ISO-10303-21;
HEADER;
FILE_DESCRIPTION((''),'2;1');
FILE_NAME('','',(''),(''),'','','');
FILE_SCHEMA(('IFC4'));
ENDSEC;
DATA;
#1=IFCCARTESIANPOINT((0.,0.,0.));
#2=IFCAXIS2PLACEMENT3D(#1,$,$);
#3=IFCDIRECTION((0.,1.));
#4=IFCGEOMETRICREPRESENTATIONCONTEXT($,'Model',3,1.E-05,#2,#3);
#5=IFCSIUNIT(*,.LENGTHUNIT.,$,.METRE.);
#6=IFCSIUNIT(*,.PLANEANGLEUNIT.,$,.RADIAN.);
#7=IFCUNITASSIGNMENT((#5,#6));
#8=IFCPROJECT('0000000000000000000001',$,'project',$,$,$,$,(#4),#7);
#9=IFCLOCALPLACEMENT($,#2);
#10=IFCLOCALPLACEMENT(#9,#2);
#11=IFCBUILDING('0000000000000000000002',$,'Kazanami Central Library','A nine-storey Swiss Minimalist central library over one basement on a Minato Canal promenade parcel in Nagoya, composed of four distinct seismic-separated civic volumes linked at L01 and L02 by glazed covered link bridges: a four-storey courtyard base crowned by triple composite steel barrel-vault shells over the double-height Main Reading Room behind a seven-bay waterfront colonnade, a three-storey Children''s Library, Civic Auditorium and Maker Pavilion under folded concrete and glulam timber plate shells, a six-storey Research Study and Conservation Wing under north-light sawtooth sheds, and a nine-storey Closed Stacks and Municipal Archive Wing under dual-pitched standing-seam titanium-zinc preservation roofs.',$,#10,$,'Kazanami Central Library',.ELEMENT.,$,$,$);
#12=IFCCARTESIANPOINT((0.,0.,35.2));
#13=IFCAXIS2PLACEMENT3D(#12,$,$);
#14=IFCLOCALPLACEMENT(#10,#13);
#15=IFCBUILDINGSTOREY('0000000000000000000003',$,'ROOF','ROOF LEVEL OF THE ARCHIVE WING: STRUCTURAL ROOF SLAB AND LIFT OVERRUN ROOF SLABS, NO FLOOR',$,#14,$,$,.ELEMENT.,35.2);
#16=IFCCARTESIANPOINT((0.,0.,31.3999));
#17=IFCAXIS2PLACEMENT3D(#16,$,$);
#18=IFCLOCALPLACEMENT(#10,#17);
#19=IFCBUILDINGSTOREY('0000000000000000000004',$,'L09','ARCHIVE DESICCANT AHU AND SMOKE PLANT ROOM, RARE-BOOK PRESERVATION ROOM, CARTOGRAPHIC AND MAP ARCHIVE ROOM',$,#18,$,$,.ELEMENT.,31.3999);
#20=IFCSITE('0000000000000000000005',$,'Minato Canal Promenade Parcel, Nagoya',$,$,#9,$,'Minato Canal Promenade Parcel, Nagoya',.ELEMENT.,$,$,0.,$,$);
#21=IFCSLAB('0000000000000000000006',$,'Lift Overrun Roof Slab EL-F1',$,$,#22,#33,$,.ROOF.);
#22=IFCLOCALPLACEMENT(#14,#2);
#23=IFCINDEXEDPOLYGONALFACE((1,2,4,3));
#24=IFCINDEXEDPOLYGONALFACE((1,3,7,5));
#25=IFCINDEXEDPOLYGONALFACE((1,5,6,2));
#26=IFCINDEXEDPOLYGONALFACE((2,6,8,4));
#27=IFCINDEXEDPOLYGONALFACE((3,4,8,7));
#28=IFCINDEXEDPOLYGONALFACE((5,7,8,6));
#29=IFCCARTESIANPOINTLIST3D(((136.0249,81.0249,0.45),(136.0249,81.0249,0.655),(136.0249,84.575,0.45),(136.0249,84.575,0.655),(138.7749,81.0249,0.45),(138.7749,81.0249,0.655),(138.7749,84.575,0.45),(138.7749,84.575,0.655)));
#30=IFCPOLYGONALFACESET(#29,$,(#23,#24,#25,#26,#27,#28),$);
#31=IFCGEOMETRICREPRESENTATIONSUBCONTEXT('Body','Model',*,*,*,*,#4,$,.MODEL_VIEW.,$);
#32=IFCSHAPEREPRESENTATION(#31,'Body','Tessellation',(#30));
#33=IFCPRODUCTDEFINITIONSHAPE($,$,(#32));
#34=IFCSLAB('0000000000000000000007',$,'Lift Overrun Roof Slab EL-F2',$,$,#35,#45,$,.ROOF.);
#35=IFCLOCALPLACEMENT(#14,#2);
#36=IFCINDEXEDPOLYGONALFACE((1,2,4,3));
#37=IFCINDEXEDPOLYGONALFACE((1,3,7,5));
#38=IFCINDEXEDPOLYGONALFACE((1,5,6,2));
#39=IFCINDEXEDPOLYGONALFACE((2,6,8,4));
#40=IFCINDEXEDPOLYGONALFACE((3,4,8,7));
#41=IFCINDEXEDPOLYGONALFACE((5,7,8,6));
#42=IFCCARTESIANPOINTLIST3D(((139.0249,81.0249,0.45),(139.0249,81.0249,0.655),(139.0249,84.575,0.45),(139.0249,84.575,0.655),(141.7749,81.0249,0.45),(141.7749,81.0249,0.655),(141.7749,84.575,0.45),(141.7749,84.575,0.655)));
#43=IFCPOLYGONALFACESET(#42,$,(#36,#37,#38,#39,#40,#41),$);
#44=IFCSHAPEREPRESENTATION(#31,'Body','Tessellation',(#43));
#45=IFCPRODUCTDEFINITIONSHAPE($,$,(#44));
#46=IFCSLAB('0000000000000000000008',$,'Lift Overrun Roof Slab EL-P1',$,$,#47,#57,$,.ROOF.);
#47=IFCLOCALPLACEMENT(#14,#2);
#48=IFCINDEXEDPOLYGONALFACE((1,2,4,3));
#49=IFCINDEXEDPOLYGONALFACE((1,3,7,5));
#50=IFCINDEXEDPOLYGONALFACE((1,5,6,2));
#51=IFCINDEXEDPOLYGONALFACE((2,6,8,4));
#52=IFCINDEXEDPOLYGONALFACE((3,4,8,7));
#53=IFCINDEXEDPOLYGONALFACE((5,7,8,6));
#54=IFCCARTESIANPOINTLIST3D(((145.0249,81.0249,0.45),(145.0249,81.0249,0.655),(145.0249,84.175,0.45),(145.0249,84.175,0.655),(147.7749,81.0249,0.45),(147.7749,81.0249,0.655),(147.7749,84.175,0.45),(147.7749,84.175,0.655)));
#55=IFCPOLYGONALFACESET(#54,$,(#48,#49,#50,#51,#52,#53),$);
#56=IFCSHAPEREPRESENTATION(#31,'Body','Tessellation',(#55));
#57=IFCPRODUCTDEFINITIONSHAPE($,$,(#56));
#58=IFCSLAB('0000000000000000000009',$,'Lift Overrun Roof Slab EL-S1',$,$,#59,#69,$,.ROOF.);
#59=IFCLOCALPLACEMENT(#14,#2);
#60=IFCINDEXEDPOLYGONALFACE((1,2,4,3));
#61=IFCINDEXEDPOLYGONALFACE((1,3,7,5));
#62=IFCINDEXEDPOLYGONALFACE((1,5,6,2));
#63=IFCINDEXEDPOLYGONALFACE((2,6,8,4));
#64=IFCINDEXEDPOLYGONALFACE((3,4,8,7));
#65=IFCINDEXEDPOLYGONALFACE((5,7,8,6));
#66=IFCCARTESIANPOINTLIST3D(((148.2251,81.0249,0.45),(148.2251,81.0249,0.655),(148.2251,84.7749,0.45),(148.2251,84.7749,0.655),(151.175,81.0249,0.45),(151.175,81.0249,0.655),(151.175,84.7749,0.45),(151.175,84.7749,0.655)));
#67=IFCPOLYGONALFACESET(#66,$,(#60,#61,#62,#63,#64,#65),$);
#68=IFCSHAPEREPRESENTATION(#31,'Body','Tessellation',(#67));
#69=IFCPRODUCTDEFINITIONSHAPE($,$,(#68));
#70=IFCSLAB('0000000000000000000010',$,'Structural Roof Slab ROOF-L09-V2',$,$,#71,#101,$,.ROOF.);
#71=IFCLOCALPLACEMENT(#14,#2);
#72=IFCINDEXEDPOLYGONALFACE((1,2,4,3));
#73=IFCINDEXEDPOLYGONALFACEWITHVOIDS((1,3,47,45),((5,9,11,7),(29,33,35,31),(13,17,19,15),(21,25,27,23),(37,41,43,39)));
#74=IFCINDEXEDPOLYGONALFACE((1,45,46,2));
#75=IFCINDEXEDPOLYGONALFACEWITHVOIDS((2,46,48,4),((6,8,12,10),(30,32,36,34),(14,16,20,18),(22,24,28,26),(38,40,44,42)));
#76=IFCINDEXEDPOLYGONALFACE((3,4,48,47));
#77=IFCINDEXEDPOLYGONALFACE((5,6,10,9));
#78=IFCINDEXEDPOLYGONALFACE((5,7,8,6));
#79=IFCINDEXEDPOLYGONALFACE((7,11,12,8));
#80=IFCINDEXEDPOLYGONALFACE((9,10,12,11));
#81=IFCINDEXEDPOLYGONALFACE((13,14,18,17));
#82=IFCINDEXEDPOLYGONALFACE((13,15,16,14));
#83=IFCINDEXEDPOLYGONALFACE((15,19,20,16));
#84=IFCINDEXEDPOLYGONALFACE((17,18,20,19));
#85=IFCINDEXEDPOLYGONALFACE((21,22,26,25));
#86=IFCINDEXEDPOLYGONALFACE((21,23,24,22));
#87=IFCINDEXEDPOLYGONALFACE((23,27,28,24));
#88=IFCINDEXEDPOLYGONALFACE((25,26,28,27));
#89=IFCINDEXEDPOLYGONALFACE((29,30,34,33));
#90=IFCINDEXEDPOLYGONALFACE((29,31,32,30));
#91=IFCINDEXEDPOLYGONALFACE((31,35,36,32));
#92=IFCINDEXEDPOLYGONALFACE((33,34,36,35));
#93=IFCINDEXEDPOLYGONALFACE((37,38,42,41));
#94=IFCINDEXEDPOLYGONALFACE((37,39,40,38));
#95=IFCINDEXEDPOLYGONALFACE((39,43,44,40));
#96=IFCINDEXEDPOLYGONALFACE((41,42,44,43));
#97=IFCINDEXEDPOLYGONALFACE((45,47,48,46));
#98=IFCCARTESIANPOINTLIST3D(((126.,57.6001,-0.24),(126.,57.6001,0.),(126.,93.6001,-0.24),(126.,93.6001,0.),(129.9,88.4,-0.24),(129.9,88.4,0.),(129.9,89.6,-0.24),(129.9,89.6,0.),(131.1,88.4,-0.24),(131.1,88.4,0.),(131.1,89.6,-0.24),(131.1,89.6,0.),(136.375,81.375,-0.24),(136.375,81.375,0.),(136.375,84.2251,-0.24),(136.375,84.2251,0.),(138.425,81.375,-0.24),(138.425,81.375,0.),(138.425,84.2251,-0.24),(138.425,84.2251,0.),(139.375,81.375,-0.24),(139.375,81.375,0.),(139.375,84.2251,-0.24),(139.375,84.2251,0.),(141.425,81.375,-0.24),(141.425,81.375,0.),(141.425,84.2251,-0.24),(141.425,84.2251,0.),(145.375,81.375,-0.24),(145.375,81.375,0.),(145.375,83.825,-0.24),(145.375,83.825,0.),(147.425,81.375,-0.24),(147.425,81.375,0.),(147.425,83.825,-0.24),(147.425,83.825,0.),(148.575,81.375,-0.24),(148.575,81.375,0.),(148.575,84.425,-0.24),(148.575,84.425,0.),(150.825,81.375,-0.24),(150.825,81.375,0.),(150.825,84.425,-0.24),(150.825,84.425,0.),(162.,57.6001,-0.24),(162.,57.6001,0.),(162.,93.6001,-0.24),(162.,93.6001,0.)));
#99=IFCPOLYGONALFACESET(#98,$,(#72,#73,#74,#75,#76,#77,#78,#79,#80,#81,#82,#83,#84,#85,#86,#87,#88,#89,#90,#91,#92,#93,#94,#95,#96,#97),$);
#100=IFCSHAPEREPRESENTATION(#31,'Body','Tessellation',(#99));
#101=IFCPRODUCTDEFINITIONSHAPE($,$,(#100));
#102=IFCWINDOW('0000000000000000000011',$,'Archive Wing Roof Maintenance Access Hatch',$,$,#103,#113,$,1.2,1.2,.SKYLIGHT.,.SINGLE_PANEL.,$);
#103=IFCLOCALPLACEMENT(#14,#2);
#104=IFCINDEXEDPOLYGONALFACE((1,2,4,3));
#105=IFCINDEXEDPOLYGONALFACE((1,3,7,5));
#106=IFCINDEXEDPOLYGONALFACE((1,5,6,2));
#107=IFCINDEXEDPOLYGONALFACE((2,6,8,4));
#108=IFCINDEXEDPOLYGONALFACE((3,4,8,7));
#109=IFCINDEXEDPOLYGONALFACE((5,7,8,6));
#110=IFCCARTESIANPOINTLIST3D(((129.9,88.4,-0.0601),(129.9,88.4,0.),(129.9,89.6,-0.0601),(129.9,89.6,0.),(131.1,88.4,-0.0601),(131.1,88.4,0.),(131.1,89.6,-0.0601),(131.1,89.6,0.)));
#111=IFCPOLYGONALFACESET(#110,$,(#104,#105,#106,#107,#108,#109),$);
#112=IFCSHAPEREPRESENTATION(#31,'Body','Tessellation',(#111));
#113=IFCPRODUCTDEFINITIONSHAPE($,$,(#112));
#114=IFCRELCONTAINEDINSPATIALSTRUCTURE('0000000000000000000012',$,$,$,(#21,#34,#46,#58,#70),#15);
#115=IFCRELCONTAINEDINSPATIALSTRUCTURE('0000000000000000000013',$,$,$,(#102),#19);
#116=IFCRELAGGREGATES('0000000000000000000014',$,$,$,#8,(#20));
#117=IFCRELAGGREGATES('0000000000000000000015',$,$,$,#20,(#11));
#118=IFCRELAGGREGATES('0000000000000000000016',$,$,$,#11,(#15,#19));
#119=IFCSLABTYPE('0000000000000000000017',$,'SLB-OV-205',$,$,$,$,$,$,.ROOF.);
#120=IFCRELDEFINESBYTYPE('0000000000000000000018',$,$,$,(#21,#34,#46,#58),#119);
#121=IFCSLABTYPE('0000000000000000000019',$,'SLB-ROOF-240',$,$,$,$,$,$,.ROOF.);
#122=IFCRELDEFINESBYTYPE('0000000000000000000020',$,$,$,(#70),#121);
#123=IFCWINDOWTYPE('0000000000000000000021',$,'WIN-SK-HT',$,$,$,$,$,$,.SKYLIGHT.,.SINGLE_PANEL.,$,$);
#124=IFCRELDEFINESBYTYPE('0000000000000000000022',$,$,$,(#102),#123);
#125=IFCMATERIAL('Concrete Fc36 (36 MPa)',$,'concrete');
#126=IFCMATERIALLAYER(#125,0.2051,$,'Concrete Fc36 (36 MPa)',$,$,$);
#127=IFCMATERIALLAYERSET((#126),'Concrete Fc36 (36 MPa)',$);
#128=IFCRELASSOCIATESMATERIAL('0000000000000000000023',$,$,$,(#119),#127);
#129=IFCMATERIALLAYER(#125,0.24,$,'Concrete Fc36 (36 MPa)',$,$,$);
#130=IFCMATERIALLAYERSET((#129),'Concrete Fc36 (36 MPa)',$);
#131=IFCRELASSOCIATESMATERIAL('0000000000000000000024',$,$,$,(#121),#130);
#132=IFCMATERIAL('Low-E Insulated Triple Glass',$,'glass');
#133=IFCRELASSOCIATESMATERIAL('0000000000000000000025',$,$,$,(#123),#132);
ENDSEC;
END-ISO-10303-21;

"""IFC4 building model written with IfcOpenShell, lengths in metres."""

from ifc_helpers import new_model, si_unit, direction, frame, origin, origin_2d, place, context, subcontext, project, spatial, polyline, rectangle, outline, extrude, material, layer, layer_set, type_object, element, fill, save


model = new_model("IFC4")

# Units and contexts
model_context = context("Model", 3, precision=1e-05, world=origin(), true_north=direction((0.0, 1.0)))
body_context = subcontext(model_context, "Body", "Model", "MODEL_VIEW")
ifc_project = project(units=[si_unit("LENGTHUNIT", "METRE"), si_unit("PLANEANGLEUNIT", "RADIAN")], contexts=[model_context])

# Site, building, storey
site_placement = place(None, origin())
site = spatial("IfcSite", under=ifc_project, at=site_placement, Name="Minato Canal Promenade Parcel, Nagoya", LongName="Minato Canal Promenade Parcel, Nagoya", CompositionType="ELEMENT", RefElevation=0.0)
building_placement = place(site_placement, origin())
building = spatial("IfcBuilding", under=site, at=building_placement, Name="Kazanami Central Library", Description="A nine-storey Swiss Minimalist central library over one basement on a Minato Canal promenade parcel in Nagoya, composed of four distinct seismic-separated civic volumes linked at L01 and L02 by glazed covered link bridges: a four-storey courtyard base crowned by triple composite steel barrel-vault shells over the double-height Main Reading Room behind a seven-bay waterfront colonnade, a three-storey Children's Library, Civic Auditorium and Maker Pavilion under folded concrete and glulam timber plate shells, a six-storey Research Study and Conservation Wing under north-light sawtooth sheds, and a nine-storey Closed Stacks and Municipal Archive Wing under dual-pitched standing-seam titanium-zinc preservation roofs.", LongName="Kazanami Central Library", CompositionType="ELEMENT")
storey_1_placement = place(building_placement, frame((0.0, 0.0, 35.2)))
storey_1 = spatial("IfcBuildingStorey", under=building, at=storey_1_placement, Name="ROOF", Description="ROOF LEVEL OF THE ARCHIVE WING: STRUCTURAL ROOF SLAB AND LIFT OVERRUN ROOF SLABS, NO FLOOR", CompositionType="ELEMENT", Elevation=35.2)

# Slabs
ifc_material_1 = material(Name="Concrete Fc36 (36 MPa)", Category="concrete")
ifc_layer_1 = layer(ifc_material_1, 0.2051, Name="Concrete Fc36 (36 MPa)")
ifc_layer_set_1 = layer_set([ifc_layer_1], Name="Concrete Fc36 (36 MPa)")
slab_type_1 = type_object("IfcSlabType", Name="SLB-OV-205", PredefinedType="ROOF", material=ifc_layer_set_1)
slab_1_placement = place(storey_1_placement, frame((0.0, 0.0, 0.45)))
element("IfcSlab", 1, at=slab_1_placement, inside=storey_1, type_object=slab_type_1, Name="Lift Overrun Roof Slab EL-F1", PredefinedType="ROOF", context=body_context, shape_type="SweptSolid", body=[
    extrude(outline(polyline([(136.0249, 81.0249), (138.7749, 81.0249), (138.7749, 84.575), (136.0249, 84.575), (136.0249, 81.0249)])), origin(), (0.0, 0.0, 1.0), 0.2051),
])
slab_2_placement = place(storey_1_placement, frame((0.0, 0.0, 0.45)))
element("IfcSlab", 2, at=slab_2_placement, inside=storey_1, type_object=slab_type_1, Name="Lift Overrun Roof Slab EL-F2", PredefinedType="ROOF", context=body_context, shape_type="SweptSolid", body=[
    extrude(outline(polyline([(139.0249, 81.0249), (141.7749, 81.0249), (141.7749, 84.575), (139.0249, 84.575), (139.0249, 81.0249)])), origin(), (0.0, 0.0, 1.0), 0.2051),
])
slab_3_placement = place(storey_1_placement, frame((0.0, 0.0, 0.45)))
element("IfcSlab", 3, at=slab_3_placement, inside=storey_1, type_object=slab_type_1, Name="Lift Overrun Roof Slab EL-P1", PredefinedType="ROOF", context=body_context, shape_type="SweptSolid", body=[
    extrude(outline(polyline([(145.0249, 81.0249), (147.7749, 81.0249), (147.7749, 84.175), (145.0249, 84.175), (145.0249, 81.0249)])), origin(), (0.0, 0.0, 1.0), 0.2051),
])
slab_4_placement = place(storey_1_placement, frame((0.0, 0.0, 0.45)))
element("IfcSlab", 4, at=slab_4_placement, inside=storey_1, type_object=slab_type_1, Name="Lift Overrun Roof Slab EL-S1", PredefinedType="ROOF", context=body_context, shape_type="SweptSolid", body=[
    extrude(outline(polyline([(148.2251, 81.0249), (151.175, 81.0249), (151.175, 84.7749), (148.2251, 84.7749), (148.2251, 81.0249)])), origin(), (0.0, 0.0, 1.0), 0.2051),
])

# Slab, opening
ifc_layer_2 = layer(ifc_material_1, 0.24, Name="Concrete Fc36 (36 MPa)")
ifc_layer_set_2 = layer_set([ifc_layer_2], Name="Concrete Fc36 (36 MPa)")
slab_type_2 = type_object("IfcSlabType", Name="SLB-ROOF-240", PredefinedType="ROOF", material=ifc_layer_set_2)
slab_5_placement = place(storey_1_placement, frame((0.0, 0.0, -0.24)))
slab_5 = element("IfcSlab", 5, at=slab_5_placement, inside=storey_1, type_object=slab_type_2, Name="Structural Roof Slab ROOF-L09-V2", PredefinedType="ROOF", context=body_context, shape_type="SweptSolid", body=[
    extrude(outline(polyline([(126.0, 57.6001), (162.0, 57.6001), (162.0, 93.6001), (126.0, 93.6001), (126.0, 57.6001)]), holes=[polyline([(136.375, 81.375), (138.425, 81.375), (138.425, 84.2251), (136.375, 84.2251), (136.375, 81.375)]), polyline([(139.375, 81.375), (141.425, 81.375), (141.425, 84.2251), (139.375, 84.2251), (139.375, 81.375)]), polyline([(145.375, 81.375), (147.425, 81.375), (147.425, 83.825), (145.375, 83.825), (145.375, 81.375)]), polyline([(148.575, 81.375), (150.825, 81.375), (150.825, 84.425), (148.575, 84.425), (148.575, 81.375)])]), origin(), (0.0, 0.0, 1.0), 0.24),
])
opening_placement = place(slab_5_placement, frame((130.5, 89.0, -0.012)))
opening = element("IfcOpeningElement", 6, at=opening_placement, cuts=slab_5, PredefinedType="OPENING", context=body_context, shape_type="SweptSolid", body=[
    extrude(rectangle(XDim=1.2, YDim=1.2, at=origin_2d()), origin(), (0.0, 0.0, 1.0), 0.2639),
])

# Shared definitions
storey_2_placement = place(building_placement, frame((0.0, 0.0, 31.3999)))
storey_2 = spatial("IfcBuildingStorey", under=building, at=storey_2_placement, Name="L09", Description="ARCHIVE DESICCANT AHU AND SMOKE PLANT ROOM, RARE-BOOK PRESERVATION ROOM, CARTOGRAPHIC AND MAP ARCHIVE ROOM", CompositionType="ELEMENT", Elevation=31.3999)

# Window
ifc_material_2 = material(Name="Low-E Insulated Triple Glass", Category="glass")
window_type = type_object("IfcWindowType", Name="WIN-SK-HT", PartitioningType="SINGLE_PANEL", PredefinedType="SKYLIGHT", material=ifc_material_2)
window_placement = place(slab_5_placement, frame((130.5, 89.0, 0.1799)))
window = element("IfcWindow", 7, at=window_placement, inside=storey_2, type_object=window_type, Name="Archive Wing Roof Maintenance Access Hatch", OverallHeight=1.2, OverallWidth=1.2, PartitioningType="SINGLE_PANEL", PredefinedType="SKYLIGHT", context=body_context, shape_type="SweptSolid", body=[
    extrude(rectangle(XDim=1.2, YDim=1.2, at=origin_2d()), origin(), (0.0, 0.0, 1.0), 0.0601),
])
fill(opening, window)

save(model, "model.ifc")
